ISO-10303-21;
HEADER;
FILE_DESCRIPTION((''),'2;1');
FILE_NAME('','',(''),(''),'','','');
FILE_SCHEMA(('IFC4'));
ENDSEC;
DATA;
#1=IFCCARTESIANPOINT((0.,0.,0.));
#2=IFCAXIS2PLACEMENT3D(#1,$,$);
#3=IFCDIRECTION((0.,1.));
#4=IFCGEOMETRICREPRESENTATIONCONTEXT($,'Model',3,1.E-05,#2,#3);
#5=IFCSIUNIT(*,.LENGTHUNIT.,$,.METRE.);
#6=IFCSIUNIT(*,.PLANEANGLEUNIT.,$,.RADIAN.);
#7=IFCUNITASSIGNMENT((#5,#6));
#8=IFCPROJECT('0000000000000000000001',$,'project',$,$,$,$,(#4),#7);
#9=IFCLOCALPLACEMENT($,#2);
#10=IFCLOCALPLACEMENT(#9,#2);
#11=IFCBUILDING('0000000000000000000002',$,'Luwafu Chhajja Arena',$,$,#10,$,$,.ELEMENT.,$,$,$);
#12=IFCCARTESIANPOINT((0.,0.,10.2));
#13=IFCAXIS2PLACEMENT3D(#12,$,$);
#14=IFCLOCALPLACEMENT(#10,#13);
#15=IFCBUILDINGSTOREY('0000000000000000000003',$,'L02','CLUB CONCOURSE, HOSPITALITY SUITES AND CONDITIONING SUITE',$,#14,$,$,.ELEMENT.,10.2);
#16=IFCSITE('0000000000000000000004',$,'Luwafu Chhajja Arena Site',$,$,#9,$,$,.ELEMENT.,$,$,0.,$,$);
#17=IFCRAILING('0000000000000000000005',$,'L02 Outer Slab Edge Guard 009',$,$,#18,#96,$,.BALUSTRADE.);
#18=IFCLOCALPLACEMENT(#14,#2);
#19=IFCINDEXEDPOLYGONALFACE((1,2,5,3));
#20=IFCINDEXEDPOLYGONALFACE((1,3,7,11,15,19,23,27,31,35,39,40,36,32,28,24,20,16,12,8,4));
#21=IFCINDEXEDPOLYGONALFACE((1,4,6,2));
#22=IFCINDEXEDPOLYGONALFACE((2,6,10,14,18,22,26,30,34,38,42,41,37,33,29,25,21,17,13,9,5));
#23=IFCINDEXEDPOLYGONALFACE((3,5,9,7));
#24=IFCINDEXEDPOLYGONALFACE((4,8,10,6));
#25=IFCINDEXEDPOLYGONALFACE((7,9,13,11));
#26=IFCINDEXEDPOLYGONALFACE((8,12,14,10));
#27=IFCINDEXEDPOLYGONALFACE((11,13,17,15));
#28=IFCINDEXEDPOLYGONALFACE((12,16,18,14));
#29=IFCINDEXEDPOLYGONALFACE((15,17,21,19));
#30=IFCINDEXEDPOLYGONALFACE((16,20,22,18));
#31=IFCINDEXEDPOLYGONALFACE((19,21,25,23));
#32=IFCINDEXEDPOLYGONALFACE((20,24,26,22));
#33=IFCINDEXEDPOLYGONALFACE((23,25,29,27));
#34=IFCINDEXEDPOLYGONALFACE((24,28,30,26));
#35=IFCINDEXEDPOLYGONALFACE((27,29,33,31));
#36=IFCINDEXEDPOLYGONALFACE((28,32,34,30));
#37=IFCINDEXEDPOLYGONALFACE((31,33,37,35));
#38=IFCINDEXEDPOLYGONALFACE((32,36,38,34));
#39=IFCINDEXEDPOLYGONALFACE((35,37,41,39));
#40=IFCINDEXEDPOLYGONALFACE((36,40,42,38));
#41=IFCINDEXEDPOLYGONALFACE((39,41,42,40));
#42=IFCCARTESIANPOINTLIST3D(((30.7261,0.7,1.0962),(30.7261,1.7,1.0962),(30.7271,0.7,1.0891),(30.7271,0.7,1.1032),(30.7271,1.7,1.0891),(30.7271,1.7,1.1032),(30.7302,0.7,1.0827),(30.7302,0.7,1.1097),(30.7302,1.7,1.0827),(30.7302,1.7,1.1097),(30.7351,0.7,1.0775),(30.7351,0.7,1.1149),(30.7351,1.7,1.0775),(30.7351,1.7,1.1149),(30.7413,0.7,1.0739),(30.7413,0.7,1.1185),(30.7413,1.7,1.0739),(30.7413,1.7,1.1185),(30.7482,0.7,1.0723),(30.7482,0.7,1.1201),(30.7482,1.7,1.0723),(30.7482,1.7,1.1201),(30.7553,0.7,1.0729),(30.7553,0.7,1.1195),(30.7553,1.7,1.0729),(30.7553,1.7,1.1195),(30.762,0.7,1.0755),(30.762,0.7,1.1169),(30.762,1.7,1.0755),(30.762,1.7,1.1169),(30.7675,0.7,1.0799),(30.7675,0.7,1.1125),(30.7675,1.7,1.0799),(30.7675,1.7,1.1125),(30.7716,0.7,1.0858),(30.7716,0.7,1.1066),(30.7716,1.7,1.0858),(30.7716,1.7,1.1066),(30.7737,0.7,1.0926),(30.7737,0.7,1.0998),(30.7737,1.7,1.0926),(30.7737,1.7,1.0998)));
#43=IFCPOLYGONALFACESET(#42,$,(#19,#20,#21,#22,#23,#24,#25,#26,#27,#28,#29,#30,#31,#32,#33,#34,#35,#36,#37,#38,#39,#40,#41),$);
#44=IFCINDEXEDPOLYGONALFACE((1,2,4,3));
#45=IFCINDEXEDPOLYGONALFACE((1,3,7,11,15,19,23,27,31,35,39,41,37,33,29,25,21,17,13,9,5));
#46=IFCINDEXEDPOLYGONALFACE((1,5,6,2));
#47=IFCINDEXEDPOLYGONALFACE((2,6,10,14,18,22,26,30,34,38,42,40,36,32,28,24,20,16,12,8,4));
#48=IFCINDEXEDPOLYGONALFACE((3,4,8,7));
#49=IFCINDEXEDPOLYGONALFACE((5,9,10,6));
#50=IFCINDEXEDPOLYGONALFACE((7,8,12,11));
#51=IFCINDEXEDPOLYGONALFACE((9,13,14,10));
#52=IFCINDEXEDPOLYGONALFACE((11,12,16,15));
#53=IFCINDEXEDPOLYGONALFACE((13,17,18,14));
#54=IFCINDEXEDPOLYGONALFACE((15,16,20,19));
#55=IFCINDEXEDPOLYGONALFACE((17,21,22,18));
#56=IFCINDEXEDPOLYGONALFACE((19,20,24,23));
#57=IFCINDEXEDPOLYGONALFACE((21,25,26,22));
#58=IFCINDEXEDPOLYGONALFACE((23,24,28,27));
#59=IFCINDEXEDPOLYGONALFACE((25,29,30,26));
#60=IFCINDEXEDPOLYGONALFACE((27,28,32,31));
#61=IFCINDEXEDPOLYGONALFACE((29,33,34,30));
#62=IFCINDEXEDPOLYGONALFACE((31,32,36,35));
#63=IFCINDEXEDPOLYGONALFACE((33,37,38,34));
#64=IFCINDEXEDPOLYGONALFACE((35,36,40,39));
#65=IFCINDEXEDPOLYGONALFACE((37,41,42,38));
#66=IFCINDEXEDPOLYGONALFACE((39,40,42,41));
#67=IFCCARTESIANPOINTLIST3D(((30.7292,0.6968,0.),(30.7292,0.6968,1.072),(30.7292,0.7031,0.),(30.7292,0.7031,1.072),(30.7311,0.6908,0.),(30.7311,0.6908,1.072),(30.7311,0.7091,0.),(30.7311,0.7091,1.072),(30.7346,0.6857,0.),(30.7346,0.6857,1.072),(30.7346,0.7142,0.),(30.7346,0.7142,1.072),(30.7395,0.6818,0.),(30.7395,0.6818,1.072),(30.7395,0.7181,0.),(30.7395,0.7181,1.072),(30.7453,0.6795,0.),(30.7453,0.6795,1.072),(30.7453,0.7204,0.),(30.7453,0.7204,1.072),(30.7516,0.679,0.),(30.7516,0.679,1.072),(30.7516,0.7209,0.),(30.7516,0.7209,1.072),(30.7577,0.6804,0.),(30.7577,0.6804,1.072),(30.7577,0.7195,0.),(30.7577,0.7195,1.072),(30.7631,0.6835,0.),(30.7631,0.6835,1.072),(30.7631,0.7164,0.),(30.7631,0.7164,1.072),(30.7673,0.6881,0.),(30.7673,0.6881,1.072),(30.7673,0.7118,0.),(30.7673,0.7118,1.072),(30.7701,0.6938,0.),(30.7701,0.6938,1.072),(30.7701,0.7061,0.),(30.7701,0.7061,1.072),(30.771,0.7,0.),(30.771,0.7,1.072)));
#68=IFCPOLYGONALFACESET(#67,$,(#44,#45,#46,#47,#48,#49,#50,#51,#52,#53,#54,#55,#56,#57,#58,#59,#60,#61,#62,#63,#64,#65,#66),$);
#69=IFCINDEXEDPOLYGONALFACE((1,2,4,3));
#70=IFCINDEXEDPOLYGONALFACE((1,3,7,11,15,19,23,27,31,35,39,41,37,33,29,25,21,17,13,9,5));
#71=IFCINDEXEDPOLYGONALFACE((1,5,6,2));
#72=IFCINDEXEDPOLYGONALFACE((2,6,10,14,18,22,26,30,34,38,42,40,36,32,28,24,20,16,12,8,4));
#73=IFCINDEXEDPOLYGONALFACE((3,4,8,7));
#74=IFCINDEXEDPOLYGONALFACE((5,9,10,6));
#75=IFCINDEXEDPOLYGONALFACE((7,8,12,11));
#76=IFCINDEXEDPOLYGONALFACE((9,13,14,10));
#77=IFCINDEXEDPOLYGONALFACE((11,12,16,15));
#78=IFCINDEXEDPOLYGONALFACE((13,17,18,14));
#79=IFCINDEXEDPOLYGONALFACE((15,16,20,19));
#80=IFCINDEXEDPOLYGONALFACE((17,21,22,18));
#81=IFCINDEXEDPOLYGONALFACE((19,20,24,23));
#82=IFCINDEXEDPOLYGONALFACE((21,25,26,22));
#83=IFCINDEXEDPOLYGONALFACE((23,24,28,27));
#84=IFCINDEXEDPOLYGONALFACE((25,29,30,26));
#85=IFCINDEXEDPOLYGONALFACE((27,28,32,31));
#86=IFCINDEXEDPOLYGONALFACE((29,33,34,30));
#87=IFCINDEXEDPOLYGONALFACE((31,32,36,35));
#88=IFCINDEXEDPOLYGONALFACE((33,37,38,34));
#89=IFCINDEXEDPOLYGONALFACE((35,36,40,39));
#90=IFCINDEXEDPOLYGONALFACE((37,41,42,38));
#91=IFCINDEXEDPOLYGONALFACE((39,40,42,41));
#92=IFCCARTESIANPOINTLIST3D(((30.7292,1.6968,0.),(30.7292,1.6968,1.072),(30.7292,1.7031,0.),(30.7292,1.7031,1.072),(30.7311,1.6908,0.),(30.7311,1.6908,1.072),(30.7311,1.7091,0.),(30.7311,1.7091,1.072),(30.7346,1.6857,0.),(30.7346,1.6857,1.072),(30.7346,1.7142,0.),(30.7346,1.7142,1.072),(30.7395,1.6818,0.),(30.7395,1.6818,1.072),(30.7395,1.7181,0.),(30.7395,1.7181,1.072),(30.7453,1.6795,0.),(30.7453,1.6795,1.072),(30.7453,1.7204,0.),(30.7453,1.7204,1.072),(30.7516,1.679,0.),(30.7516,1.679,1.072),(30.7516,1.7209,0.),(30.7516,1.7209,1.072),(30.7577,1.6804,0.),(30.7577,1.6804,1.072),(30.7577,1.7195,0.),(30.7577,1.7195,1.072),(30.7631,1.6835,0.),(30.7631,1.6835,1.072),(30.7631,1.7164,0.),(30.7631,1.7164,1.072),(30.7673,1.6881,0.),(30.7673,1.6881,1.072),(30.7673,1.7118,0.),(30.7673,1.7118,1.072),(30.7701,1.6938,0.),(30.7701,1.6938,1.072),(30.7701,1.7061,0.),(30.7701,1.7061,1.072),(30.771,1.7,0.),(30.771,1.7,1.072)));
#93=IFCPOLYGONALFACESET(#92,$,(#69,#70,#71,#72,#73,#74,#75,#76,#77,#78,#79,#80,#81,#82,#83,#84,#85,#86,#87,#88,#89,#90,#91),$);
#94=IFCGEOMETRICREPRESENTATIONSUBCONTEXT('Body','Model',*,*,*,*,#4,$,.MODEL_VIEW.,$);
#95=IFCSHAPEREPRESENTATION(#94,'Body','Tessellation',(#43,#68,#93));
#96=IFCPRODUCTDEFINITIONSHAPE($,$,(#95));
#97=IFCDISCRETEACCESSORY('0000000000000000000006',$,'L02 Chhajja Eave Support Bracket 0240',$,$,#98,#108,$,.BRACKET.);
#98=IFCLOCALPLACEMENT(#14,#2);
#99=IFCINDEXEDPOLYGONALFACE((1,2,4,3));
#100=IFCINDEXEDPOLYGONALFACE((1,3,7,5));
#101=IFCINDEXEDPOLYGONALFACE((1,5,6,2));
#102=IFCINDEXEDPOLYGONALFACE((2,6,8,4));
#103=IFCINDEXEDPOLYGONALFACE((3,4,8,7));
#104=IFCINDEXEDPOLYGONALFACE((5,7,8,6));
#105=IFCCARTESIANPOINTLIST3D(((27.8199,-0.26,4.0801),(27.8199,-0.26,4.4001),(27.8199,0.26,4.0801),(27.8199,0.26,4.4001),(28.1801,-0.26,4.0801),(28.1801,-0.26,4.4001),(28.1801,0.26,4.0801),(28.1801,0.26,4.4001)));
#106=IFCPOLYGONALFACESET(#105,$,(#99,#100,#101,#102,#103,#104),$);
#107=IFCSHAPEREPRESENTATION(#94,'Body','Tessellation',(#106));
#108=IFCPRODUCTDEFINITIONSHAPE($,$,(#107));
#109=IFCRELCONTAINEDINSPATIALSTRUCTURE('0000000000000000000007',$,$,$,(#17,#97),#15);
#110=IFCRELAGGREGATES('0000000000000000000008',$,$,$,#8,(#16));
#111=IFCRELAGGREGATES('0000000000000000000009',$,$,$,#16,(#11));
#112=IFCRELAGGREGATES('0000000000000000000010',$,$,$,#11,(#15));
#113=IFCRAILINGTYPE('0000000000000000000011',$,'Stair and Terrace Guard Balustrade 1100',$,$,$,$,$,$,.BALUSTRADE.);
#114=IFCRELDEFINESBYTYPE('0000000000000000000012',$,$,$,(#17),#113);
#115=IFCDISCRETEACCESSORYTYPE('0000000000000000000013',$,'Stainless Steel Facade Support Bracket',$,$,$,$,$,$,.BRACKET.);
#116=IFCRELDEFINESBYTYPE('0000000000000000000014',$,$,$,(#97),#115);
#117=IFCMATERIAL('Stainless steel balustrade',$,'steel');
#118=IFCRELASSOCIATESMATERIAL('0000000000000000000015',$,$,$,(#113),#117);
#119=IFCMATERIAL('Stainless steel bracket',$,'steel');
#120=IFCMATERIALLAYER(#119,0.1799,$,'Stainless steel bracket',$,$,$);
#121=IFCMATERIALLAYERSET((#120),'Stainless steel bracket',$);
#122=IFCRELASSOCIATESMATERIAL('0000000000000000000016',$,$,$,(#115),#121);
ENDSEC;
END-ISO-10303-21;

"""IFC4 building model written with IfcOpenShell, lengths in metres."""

from ifc_helpers import new_model, si_unit, direction, frame, origin, origin_2d, place, context, subcontext, project, spatial, rectangle, circle, extrude, material, layer, layer_set, type_object, element, save


model = new_model("IFC4")

# Units and contexts
model_context = context("Model", 3, precision=1e-05, world=origin(), true_north=direction((0.0, 1.0)))
body_context = subcontext(model_context, "Body", "Model", "MODEL_VIEW")
ifc_project = project(units=[si_unit("LENGTHUNIT", "METRE"), si_unit("PLANEANGLEUNIT", "RADIAN")], contexts=[model_context])

# Site, building, storey
site_placement = place(None, origin())
site = spatial("IfcSite", under=ifc_project, at=site_placement, Name="Luwafu Chhajja Arena Site", CompositionType="ELEMENT", RefElevation=0.0)
building_placement = place(site_placement, origin())
building = spatial("IfcBuilding", under=site, at=building_placement, Name="Luwafu Chhajja Arena", CompositionType="ELEMENT")
storey_placement = place(building_placement, frame((0.0, 0.0, 10.2)))
storey = spatial("IfcBuildingStorey", under=building, at=storey_placement, Name="L02", Description="CLUB CONCOURSE, HOSPITALITY SUITES AND CONDITIONING SUITE", CompositionType="ELEMENT", Elevation=10.2)

# Railing
ifc_material_1 = material(Name="Stainless steel balustrade", Category="steel")
railing_type = type_object("IfcRailingType", Name="Stair and Terrace Guard Balustrade 1100", PredefinedType="BALUSTRADE", material=ifc_material_1)
railing_placement = place(storey_placement, frame((30.75, 0.7, 0.0)))
element("IfcRailing", 1, at=railing_placement, inside=storey, type_object=railing_type, Name="L02 Outer Slab Edge Guard 009", PredefinedType="BALUSTRADE", context=body_context, shape_type="SweptSolid", body=[
    extrude(circle(Radius=0.0239, at=origin_2d()), frame((0.0, 0.0, 1.0962), z_axis=(0.0, 1.0, 0.0), x_axis=(-1.0, 0.0, 0.0)), (0.0, 0.0, 1.0), 1.0),
    extrude(circle(Radius=0.021, at=origin_2d()), origin(), (0.0, 0.0, 1.0), 1.072),
    extrude(circle(Radius=0.021, at=origin_2d()), frame((0.0, 1.0, 0.0)), (0.0, 0.0, 1.0), 1.072),
])

# Discrete accessory
ifc_material_2 = material(Name="Stainless steel bracket", Category="steel")
ifc_layer_1 = layer(ifc_material_2, 0.1799, Name="Stainless steel bracket")
ifc_layer_set_1 = layer_set([ifc_layer_1], Name="Stainless steel bracket")
discrete_accessory_type = type_object("IfcDiscreteAccessoryType", Name="Stainless Steel Facade Support Bracket", PredefinedType="BRACKET", material=ifc_layer_set_1)
discrete_accessory_placement = place(storey_placement, frame((28.0, 0.0, 4.0801), z_axis=(0.0, 0.0, 1.0), x_axis=(1.0, 0.0, 0.0)))
element("IfcDiscreteAccessory", 2, at=discrete_accessory_placement, inside=storey, type_object=discrete_accessory_type, Name="L02 Chhajja Eave Support Bracket 0240", PredefinedType="BRACKET", context=body_context, shape_type="SweptSolid", body=[
    extrude(rectangle(XDim=0.3601, YDim=0.52, at=origin_2d()), origin(), (0.0, 0.0, 1.0), 0.3201),
])

save(model, "model.ifc")
